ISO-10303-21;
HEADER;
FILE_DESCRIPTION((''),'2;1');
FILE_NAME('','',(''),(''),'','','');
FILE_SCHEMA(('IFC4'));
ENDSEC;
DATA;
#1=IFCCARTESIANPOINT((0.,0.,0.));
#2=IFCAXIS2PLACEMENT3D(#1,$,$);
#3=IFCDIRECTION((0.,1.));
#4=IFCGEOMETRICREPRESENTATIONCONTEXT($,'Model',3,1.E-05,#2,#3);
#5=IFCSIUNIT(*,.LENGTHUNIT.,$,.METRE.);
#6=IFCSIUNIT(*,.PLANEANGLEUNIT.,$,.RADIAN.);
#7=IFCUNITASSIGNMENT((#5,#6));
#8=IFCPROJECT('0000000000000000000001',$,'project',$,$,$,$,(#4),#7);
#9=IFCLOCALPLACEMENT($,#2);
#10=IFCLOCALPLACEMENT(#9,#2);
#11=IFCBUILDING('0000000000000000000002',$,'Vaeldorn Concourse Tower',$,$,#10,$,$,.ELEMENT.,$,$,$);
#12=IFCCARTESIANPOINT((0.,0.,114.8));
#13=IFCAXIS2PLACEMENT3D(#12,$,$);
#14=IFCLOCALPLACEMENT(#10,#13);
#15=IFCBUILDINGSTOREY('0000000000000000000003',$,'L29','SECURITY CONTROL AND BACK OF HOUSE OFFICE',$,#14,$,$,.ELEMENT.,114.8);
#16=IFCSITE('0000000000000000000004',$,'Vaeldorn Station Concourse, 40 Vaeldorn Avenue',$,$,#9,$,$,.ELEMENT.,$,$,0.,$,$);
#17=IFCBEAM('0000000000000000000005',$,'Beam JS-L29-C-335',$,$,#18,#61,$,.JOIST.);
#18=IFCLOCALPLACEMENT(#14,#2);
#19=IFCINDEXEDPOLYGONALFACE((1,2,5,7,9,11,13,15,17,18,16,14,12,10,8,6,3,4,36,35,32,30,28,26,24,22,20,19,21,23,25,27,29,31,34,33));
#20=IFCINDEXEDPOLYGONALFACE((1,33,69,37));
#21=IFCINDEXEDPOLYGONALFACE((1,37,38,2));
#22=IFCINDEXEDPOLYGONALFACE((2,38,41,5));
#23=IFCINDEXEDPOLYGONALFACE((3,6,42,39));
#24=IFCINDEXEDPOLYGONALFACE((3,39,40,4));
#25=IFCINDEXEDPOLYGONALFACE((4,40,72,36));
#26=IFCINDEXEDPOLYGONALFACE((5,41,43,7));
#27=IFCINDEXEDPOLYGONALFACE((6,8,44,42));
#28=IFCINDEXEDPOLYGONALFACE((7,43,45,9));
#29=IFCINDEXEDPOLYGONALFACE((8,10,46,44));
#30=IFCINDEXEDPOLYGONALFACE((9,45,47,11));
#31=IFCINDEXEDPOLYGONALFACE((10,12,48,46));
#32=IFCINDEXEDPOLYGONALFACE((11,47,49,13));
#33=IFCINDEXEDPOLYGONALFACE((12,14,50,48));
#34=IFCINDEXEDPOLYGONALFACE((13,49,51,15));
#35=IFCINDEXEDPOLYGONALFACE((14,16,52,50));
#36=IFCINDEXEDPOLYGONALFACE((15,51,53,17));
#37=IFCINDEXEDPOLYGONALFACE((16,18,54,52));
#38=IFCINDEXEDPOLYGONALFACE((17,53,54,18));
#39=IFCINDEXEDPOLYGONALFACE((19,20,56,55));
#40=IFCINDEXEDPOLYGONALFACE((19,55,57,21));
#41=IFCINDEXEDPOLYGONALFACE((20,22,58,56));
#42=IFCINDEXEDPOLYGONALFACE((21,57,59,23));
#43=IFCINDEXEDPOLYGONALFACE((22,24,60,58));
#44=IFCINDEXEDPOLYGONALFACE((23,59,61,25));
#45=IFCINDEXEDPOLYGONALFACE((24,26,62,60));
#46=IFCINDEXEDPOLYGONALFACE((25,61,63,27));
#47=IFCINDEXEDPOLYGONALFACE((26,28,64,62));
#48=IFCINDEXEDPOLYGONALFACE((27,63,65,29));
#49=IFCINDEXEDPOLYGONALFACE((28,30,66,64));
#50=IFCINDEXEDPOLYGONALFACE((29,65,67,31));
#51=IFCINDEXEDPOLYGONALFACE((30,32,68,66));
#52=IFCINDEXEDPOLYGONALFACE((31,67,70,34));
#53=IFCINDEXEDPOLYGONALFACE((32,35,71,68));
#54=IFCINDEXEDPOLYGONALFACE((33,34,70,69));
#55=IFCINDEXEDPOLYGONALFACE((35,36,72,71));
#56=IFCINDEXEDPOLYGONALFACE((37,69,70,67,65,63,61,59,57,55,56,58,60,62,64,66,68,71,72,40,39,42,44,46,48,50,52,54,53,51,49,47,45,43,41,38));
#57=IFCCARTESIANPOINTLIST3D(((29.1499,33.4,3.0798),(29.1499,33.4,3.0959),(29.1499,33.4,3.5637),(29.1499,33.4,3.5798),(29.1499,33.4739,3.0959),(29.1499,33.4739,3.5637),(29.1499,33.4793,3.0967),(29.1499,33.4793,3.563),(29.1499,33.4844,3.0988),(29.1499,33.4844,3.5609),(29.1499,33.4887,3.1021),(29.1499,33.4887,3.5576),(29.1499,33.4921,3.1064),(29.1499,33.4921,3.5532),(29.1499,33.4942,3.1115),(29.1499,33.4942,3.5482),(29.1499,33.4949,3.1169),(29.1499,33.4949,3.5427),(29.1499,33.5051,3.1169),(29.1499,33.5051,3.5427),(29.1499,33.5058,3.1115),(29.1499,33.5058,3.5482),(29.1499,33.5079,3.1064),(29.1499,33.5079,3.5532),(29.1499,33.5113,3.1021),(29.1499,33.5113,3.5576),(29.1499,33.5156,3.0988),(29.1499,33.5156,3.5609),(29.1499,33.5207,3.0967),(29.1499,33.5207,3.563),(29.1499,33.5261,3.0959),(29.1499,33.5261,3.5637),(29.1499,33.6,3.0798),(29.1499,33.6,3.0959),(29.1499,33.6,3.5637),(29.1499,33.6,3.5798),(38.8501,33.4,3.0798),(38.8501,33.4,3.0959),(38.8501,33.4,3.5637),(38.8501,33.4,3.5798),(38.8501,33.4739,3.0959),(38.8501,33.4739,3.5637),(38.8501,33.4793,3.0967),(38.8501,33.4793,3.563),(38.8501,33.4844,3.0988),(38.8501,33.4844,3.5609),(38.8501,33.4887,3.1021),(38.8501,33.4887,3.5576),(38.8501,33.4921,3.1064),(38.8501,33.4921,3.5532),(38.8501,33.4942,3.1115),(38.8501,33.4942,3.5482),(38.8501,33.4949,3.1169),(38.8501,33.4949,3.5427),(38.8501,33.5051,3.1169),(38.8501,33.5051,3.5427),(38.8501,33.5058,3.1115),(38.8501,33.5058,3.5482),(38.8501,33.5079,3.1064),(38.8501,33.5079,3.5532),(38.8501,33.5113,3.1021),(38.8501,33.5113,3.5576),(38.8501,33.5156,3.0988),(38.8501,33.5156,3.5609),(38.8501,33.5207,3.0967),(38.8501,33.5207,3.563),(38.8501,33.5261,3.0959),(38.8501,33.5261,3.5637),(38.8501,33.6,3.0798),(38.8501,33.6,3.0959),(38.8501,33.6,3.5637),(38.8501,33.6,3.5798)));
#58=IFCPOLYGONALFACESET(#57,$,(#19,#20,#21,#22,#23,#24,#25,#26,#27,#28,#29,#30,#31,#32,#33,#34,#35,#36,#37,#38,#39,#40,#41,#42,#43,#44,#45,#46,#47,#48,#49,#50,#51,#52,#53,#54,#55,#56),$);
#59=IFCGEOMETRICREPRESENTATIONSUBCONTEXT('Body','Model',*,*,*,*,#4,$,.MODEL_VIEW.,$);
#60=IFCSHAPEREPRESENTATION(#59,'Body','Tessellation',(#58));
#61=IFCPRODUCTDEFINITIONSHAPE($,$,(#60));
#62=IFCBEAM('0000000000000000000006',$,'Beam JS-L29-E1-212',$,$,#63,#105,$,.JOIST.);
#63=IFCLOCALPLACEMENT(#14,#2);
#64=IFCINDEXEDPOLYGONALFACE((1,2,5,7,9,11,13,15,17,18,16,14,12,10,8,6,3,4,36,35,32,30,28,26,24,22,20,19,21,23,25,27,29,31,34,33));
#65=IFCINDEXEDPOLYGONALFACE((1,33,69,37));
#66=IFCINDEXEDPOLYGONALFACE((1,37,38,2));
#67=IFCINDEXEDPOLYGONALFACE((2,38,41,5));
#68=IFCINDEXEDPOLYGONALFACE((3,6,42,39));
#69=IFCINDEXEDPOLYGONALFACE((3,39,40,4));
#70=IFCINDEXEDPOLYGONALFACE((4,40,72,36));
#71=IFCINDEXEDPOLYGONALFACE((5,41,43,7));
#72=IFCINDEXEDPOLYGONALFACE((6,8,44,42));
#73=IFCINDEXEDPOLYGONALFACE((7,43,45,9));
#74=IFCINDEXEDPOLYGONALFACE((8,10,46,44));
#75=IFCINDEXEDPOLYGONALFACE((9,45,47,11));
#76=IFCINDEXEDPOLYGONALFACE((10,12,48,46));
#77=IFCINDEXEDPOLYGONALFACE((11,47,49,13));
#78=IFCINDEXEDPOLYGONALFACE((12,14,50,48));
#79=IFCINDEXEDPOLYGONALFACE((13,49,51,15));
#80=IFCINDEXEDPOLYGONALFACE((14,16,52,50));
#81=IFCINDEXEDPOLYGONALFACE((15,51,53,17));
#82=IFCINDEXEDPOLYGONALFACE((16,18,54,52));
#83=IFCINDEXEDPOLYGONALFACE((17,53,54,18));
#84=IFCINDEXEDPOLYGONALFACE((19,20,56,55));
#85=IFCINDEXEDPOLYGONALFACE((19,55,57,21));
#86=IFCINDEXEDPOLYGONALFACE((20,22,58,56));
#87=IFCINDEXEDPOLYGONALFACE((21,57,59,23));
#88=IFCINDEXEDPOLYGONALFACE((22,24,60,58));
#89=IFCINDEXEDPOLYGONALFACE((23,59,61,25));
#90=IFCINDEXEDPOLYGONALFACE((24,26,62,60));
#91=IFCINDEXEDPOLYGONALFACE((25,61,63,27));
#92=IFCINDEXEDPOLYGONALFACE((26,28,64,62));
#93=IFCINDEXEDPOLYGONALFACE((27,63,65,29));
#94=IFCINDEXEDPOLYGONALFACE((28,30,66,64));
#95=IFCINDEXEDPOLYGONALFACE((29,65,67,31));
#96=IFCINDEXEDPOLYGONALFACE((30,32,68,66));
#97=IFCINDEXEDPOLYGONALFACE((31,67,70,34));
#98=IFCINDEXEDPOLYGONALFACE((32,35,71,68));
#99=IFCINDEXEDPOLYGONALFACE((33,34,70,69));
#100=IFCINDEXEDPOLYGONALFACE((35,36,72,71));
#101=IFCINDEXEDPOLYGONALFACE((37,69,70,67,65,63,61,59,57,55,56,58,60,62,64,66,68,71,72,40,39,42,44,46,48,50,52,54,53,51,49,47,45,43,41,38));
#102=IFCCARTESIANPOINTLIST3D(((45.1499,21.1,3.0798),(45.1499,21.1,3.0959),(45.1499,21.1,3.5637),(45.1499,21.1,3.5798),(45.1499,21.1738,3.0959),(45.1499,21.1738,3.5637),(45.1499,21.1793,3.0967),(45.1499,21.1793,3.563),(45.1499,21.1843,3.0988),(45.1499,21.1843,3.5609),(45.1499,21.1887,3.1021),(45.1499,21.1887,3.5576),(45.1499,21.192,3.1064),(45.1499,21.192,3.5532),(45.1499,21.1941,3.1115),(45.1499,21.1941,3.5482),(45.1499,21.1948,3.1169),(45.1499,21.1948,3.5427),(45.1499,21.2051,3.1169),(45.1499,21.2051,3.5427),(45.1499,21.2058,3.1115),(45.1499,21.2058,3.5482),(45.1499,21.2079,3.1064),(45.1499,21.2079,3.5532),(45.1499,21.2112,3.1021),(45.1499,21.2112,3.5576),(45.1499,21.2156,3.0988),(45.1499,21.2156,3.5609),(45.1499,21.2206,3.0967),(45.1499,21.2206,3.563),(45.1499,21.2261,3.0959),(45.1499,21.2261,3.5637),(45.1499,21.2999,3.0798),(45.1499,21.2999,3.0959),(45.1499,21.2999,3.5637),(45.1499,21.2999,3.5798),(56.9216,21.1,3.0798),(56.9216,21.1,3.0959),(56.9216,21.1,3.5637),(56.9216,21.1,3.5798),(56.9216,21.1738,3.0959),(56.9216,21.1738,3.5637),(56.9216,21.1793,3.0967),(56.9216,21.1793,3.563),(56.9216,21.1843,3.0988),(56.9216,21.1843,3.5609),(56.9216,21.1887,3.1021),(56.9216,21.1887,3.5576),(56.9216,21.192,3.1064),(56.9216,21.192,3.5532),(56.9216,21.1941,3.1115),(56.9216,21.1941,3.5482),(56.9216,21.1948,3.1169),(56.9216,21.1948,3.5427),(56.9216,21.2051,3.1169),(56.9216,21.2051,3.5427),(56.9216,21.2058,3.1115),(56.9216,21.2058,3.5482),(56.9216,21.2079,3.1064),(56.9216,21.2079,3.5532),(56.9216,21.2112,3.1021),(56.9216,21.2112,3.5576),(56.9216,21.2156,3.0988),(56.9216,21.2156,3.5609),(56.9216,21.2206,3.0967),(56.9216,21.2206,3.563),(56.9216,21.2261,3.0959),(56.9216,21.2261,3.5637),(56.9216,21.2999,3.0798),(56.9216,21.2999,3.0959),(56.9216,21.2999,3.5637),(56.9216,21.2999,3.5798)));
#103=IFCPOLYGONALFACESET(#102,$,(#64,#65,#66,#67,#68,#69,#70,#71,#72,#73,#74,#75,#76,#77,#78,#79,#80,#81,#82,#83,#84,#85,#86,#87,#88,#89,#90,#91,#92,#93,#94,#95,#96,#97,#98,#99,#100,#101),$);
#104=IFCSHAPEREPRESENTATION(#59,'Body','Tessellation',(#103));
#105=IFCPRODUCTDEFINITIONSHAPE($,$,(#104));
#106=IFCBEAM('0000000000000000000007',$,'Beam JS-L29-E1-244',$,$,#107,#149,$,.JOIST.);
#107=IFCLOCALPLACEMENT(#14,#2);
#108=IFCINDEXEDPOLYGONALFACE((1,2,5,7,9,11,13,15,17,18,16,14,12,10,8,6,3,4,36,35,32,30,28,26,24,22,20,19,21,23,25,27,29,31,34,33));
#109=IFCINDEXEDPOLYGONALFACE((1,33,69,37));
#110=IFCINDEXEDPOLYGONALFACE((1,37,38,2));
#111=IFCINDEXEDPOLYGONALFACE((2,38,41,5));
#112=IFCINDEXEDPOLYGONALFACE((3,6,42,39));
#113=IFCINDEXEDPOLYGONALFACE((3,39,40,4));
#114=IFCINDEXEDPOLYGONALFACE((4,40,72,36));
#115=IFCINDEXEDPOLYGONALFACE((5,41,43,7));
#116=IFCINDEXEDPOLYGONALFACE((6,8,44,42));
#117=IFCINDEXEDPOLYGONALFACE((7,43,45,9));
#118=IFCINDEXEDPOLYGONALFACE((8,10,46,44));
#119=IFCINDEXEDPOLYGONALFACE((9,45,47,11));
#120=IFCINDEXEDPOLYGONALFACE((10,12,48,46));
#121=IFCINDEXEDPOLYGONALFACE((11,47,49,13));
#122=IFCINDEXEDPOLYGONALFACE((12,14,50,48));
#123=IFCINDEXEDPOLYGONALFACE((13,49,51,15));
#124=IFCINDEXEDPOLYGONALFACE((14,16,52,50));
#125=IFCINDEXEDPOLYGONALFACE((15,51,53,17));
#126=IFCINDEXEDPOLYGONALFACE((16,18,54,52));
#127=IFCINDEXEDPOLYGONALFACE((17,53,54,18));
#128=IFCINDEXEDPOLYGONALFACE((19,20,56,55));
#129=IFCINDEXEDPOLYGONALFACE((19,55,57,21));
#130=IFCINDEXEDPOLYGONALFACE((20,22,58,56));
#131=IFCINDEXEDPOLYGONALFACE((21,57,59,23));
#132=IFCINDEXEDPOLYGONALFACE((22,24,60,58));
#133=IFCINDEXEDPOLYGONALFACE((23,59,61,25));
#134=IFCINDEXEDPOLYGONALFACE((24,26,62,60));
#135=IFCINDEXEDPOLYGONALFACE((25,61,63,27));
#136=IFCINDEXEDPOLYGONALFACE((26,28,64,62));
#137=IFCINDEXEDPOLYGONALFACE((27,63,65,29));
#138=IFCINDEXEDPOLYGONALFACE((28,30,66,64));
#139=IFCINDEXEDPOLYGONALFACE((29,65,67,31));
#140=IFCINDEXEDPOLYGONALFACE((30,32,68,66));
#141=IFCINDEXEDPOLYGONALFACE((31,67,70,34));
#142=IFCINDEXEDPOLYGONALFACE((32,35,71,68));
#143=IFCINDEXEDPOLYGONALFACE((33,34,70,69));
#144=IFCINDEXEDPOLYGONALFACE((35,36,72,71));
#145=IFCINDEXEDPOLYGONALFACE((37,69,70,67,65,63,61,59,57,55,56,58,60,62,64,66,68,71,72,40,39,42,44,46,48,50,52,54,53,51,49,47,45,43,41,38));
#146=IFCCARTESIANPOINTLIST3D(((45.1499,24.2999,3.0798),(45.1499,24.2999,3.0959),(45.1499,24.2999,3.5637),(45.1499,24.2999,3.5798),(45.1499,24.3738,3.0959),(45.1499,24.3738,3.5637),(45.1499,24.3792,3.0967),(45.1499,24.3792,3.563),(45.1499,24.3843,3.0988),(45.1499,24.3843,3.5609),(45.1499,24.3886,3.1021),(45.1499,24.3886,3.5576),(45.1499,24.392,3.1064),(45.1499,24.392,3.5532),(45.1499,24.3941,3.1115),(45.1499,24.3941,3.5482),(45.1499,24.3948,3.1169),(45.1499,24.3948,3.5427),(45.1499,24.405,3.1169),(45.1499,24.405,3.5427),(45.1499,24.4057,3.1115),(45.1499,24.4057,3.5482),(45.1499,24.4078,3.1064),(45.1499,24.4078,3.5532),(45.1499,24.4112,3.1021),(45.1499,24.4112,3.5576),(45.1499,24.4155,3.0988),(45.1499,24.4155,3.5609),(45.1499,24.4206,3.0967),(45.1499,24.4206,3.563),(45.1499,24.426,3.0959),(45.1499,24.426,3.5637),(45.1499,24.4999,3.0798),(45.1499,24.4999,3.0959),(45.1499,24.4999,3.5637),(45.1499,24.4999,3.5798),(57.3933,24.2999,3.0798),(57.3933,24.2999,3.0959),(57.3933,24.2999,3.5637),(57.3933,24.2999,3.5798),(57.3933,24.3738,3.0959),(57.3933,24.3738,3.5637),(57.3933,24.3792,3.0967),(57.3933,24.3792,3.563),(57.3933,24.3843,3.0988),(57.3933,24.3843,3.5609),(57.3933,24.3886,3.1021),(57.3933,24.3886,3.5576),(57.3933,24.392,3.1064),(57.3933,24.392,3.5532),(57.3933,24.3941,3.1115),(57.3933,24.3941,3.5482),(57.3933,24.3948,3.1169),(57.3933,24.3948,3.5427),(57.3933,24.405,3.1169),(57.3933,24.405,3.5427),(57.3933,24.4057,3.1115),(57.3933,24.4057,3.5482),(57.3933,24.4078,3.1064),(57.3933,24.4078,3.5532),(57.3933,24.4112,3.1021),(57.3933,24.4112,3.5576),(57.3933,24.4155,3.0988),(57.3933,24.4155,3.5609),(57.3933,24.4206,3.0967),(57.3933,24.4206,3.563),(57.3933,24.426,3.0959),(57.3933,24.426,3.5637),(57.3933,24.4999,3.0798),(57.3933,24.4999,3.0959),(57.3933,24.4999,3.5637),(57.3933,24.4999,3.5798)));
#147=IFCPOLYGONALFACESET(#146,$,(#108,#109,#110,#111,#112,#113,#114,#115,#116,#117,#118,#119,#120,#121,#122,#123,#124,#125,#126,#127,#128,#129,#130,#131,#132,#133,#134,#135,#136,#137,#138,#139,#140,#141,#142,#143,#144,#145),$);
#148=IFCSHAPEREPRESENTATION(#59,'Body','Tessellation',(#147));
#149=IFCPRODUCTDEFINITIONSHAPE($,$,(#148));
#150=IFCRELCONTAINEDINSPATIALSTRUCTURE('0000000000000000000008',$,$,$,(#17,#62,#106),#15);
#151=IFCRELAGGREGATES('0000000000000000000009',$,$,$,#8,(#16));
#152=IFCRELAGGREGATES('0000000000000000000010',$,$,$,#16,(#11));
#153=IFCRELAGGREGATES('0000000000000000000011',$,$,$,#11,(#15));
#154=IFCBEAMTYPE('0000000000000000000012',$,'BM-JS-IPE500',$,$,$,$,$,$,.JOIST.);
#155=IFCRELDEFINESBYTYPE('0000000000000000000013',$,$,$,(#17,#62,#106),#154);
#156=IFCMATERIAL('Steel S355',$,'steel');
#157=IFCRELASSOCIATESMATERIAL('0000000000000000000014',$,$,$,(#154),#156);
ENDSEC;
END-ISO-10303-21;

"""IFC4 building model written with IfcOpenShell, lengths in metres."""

from ifc_helpers import new_model, si_unit, direction, frame, origin, origin_2d, place, context, subcontext, project, spatial, i_section, extrude, source, transform, mapped, material, material_profile, profile_set, type_object, element, save


model = new_model("IFC4")

# Units and contexts
model_context = context("Model", 3, precision=1e-05, world=origin(), true_north=direction((0.0, 1.0)))
body_context = subcontext(model_context, "Body", "Model", "MODEL_VIEW")
ifc_project = project(units=[si_unit("LENGTHUNIT", "METRE"), si_unit("PLANEANGLEUNIT", "RADIAN")], contexts=[model_context])

# Site, building, storey
site_placement = place(None, origin())
site = spatial("IfcSite", under=ifc_project, at=site_placement, Name="Vaeldorn Station Concourse, 40 Vaeldorn Avenue", CompositionType="ELEMENT", RefElevation=0.0)
building_placement = place(site_placement, origin())
building = spatial("IfcBuilding", under=site, at=building_placement, Name="Vaeldorn Concourse Tower", CompositionType="ELEMENT")
storey_placement = place(building_placement, frame((0.0, 0.0, 114.8)))
storey = spatial("IfcBuildingStorey", under=building, at=storey_placement, Name="L29", Description="SECURITY CONTROL AND BACK OF HOUSE OFFICE", CompositionType="ELEMENT", Elevation=114.8)

# Beams
ifc_material_1 = material(Name="Steel S355", Category="steel")
ifc_material_profile_1 = material_profile(ifc_material_1, i_section(OverallWidth=0.2, OverallDepth=0.5, WebThickness=0.0103, FlangeThickness=0.0161, FilletRadius=0.021, at=origin_2d()), Name="IPE 500")
ifc_profile_set_1 = profile_set([ifc_material_profile_1], Name="Steel S355")
beam_type_1 = type_object("IfcBeamType", Name="BM-JS-IPE500", PredefinedType="JOIST", material=ifc_profile_set_1)
shared_shape_1 = source(origin(), body_context, "Body", "SweptSolid", [
    extrude(i_section(OverallWidth=0.2, OverallDepth=0.5, WebThickness=0.0103, FlangeThickness=0.0161, FilletRadius=0.021, at=origin_2d()), origin(), (0.0, 0.0, 1.0), 9.7002),
])
for number, where, z_axis, x_axis, name in (
    (1, (29.1499, 33.5, 3.3298), (1.0, 0.0, 0.0), (0.0, 1.0, 0.0), "Beam JS-L29-C-335"),
):
    element("IfcBeam", number, at=place(storey_placement, frame(where, z_axis=z_axis, x_axis=x_axis)), inside=storey, type_object=beam_type_1, Name=name, PredefinedType="JOIST", context=body_context, shape_type="MappedRepresentation", body=[
        mapped(shared_shape_1, transform((0.0, 0.0, 0.0), scale=1.0)),
    ])
shared_shape_2 = source(origin(), body_context, "Body", "SweptSolid", [
    extrude(i_section(OverallWidth=0.2, OverallDepth=0.5, WebThickness=0.0103, FlangeThickness=0.0161, FilletRadius=0.021, at=origin_2d()), origin(), (0.0, 0.0, 1.0), 11.7717),
])
beam_1_placement = place(storey_placement, frame((45.1499, 21.2, 3.3298), z_axis=(1.0, 0.0, 0.0), x_axis=(0.0, 1.0, 0.0)))
element("IfcBeam", 2, at=beam_1_placement, inside=storey, type_object=beam_type_1, Name="Beam JS-L29-E1-212", PredefinedType="JOIST", context=body_context, shape_type="MappedRepresentation", body=[
    mapped(shared_shape_2, transform((0.0, 0.0, 0.0), scale=1.0)),
])
shared_shape_3 = source(origin(), body_context, "Body", "SweptSolid", [
    extrude(i_section(OverallWidth=0.2, OverallDepth=0.5, WebThickness=0.0103, FlangeThickness=0.0161, FilletRadius=0.021, at=origin_2d()), origin(), (0.0, 0.0, 1.0), 12.2434),
])
beam_2_placement = place(storey_placement, frame((45.1499, 24.3999, 3.3298), z_axis=(1.0, 0.0, 0.0), x_axis=(0.0, 1.0, 0.0)))
element("IfcBeam", 3, at=beam_2_placement, inside=storey, type_object=beam_type_1, Name="Beam JS-L29-E1-244", PredefinedType="JOIST", context=body_context, shape_type="MappedRepresentation", body=[
    mapped(shared_shape_3, transform((0.0, 0.0, 0.0), scale=1.0)),
])

save(model, "model.ifc")
